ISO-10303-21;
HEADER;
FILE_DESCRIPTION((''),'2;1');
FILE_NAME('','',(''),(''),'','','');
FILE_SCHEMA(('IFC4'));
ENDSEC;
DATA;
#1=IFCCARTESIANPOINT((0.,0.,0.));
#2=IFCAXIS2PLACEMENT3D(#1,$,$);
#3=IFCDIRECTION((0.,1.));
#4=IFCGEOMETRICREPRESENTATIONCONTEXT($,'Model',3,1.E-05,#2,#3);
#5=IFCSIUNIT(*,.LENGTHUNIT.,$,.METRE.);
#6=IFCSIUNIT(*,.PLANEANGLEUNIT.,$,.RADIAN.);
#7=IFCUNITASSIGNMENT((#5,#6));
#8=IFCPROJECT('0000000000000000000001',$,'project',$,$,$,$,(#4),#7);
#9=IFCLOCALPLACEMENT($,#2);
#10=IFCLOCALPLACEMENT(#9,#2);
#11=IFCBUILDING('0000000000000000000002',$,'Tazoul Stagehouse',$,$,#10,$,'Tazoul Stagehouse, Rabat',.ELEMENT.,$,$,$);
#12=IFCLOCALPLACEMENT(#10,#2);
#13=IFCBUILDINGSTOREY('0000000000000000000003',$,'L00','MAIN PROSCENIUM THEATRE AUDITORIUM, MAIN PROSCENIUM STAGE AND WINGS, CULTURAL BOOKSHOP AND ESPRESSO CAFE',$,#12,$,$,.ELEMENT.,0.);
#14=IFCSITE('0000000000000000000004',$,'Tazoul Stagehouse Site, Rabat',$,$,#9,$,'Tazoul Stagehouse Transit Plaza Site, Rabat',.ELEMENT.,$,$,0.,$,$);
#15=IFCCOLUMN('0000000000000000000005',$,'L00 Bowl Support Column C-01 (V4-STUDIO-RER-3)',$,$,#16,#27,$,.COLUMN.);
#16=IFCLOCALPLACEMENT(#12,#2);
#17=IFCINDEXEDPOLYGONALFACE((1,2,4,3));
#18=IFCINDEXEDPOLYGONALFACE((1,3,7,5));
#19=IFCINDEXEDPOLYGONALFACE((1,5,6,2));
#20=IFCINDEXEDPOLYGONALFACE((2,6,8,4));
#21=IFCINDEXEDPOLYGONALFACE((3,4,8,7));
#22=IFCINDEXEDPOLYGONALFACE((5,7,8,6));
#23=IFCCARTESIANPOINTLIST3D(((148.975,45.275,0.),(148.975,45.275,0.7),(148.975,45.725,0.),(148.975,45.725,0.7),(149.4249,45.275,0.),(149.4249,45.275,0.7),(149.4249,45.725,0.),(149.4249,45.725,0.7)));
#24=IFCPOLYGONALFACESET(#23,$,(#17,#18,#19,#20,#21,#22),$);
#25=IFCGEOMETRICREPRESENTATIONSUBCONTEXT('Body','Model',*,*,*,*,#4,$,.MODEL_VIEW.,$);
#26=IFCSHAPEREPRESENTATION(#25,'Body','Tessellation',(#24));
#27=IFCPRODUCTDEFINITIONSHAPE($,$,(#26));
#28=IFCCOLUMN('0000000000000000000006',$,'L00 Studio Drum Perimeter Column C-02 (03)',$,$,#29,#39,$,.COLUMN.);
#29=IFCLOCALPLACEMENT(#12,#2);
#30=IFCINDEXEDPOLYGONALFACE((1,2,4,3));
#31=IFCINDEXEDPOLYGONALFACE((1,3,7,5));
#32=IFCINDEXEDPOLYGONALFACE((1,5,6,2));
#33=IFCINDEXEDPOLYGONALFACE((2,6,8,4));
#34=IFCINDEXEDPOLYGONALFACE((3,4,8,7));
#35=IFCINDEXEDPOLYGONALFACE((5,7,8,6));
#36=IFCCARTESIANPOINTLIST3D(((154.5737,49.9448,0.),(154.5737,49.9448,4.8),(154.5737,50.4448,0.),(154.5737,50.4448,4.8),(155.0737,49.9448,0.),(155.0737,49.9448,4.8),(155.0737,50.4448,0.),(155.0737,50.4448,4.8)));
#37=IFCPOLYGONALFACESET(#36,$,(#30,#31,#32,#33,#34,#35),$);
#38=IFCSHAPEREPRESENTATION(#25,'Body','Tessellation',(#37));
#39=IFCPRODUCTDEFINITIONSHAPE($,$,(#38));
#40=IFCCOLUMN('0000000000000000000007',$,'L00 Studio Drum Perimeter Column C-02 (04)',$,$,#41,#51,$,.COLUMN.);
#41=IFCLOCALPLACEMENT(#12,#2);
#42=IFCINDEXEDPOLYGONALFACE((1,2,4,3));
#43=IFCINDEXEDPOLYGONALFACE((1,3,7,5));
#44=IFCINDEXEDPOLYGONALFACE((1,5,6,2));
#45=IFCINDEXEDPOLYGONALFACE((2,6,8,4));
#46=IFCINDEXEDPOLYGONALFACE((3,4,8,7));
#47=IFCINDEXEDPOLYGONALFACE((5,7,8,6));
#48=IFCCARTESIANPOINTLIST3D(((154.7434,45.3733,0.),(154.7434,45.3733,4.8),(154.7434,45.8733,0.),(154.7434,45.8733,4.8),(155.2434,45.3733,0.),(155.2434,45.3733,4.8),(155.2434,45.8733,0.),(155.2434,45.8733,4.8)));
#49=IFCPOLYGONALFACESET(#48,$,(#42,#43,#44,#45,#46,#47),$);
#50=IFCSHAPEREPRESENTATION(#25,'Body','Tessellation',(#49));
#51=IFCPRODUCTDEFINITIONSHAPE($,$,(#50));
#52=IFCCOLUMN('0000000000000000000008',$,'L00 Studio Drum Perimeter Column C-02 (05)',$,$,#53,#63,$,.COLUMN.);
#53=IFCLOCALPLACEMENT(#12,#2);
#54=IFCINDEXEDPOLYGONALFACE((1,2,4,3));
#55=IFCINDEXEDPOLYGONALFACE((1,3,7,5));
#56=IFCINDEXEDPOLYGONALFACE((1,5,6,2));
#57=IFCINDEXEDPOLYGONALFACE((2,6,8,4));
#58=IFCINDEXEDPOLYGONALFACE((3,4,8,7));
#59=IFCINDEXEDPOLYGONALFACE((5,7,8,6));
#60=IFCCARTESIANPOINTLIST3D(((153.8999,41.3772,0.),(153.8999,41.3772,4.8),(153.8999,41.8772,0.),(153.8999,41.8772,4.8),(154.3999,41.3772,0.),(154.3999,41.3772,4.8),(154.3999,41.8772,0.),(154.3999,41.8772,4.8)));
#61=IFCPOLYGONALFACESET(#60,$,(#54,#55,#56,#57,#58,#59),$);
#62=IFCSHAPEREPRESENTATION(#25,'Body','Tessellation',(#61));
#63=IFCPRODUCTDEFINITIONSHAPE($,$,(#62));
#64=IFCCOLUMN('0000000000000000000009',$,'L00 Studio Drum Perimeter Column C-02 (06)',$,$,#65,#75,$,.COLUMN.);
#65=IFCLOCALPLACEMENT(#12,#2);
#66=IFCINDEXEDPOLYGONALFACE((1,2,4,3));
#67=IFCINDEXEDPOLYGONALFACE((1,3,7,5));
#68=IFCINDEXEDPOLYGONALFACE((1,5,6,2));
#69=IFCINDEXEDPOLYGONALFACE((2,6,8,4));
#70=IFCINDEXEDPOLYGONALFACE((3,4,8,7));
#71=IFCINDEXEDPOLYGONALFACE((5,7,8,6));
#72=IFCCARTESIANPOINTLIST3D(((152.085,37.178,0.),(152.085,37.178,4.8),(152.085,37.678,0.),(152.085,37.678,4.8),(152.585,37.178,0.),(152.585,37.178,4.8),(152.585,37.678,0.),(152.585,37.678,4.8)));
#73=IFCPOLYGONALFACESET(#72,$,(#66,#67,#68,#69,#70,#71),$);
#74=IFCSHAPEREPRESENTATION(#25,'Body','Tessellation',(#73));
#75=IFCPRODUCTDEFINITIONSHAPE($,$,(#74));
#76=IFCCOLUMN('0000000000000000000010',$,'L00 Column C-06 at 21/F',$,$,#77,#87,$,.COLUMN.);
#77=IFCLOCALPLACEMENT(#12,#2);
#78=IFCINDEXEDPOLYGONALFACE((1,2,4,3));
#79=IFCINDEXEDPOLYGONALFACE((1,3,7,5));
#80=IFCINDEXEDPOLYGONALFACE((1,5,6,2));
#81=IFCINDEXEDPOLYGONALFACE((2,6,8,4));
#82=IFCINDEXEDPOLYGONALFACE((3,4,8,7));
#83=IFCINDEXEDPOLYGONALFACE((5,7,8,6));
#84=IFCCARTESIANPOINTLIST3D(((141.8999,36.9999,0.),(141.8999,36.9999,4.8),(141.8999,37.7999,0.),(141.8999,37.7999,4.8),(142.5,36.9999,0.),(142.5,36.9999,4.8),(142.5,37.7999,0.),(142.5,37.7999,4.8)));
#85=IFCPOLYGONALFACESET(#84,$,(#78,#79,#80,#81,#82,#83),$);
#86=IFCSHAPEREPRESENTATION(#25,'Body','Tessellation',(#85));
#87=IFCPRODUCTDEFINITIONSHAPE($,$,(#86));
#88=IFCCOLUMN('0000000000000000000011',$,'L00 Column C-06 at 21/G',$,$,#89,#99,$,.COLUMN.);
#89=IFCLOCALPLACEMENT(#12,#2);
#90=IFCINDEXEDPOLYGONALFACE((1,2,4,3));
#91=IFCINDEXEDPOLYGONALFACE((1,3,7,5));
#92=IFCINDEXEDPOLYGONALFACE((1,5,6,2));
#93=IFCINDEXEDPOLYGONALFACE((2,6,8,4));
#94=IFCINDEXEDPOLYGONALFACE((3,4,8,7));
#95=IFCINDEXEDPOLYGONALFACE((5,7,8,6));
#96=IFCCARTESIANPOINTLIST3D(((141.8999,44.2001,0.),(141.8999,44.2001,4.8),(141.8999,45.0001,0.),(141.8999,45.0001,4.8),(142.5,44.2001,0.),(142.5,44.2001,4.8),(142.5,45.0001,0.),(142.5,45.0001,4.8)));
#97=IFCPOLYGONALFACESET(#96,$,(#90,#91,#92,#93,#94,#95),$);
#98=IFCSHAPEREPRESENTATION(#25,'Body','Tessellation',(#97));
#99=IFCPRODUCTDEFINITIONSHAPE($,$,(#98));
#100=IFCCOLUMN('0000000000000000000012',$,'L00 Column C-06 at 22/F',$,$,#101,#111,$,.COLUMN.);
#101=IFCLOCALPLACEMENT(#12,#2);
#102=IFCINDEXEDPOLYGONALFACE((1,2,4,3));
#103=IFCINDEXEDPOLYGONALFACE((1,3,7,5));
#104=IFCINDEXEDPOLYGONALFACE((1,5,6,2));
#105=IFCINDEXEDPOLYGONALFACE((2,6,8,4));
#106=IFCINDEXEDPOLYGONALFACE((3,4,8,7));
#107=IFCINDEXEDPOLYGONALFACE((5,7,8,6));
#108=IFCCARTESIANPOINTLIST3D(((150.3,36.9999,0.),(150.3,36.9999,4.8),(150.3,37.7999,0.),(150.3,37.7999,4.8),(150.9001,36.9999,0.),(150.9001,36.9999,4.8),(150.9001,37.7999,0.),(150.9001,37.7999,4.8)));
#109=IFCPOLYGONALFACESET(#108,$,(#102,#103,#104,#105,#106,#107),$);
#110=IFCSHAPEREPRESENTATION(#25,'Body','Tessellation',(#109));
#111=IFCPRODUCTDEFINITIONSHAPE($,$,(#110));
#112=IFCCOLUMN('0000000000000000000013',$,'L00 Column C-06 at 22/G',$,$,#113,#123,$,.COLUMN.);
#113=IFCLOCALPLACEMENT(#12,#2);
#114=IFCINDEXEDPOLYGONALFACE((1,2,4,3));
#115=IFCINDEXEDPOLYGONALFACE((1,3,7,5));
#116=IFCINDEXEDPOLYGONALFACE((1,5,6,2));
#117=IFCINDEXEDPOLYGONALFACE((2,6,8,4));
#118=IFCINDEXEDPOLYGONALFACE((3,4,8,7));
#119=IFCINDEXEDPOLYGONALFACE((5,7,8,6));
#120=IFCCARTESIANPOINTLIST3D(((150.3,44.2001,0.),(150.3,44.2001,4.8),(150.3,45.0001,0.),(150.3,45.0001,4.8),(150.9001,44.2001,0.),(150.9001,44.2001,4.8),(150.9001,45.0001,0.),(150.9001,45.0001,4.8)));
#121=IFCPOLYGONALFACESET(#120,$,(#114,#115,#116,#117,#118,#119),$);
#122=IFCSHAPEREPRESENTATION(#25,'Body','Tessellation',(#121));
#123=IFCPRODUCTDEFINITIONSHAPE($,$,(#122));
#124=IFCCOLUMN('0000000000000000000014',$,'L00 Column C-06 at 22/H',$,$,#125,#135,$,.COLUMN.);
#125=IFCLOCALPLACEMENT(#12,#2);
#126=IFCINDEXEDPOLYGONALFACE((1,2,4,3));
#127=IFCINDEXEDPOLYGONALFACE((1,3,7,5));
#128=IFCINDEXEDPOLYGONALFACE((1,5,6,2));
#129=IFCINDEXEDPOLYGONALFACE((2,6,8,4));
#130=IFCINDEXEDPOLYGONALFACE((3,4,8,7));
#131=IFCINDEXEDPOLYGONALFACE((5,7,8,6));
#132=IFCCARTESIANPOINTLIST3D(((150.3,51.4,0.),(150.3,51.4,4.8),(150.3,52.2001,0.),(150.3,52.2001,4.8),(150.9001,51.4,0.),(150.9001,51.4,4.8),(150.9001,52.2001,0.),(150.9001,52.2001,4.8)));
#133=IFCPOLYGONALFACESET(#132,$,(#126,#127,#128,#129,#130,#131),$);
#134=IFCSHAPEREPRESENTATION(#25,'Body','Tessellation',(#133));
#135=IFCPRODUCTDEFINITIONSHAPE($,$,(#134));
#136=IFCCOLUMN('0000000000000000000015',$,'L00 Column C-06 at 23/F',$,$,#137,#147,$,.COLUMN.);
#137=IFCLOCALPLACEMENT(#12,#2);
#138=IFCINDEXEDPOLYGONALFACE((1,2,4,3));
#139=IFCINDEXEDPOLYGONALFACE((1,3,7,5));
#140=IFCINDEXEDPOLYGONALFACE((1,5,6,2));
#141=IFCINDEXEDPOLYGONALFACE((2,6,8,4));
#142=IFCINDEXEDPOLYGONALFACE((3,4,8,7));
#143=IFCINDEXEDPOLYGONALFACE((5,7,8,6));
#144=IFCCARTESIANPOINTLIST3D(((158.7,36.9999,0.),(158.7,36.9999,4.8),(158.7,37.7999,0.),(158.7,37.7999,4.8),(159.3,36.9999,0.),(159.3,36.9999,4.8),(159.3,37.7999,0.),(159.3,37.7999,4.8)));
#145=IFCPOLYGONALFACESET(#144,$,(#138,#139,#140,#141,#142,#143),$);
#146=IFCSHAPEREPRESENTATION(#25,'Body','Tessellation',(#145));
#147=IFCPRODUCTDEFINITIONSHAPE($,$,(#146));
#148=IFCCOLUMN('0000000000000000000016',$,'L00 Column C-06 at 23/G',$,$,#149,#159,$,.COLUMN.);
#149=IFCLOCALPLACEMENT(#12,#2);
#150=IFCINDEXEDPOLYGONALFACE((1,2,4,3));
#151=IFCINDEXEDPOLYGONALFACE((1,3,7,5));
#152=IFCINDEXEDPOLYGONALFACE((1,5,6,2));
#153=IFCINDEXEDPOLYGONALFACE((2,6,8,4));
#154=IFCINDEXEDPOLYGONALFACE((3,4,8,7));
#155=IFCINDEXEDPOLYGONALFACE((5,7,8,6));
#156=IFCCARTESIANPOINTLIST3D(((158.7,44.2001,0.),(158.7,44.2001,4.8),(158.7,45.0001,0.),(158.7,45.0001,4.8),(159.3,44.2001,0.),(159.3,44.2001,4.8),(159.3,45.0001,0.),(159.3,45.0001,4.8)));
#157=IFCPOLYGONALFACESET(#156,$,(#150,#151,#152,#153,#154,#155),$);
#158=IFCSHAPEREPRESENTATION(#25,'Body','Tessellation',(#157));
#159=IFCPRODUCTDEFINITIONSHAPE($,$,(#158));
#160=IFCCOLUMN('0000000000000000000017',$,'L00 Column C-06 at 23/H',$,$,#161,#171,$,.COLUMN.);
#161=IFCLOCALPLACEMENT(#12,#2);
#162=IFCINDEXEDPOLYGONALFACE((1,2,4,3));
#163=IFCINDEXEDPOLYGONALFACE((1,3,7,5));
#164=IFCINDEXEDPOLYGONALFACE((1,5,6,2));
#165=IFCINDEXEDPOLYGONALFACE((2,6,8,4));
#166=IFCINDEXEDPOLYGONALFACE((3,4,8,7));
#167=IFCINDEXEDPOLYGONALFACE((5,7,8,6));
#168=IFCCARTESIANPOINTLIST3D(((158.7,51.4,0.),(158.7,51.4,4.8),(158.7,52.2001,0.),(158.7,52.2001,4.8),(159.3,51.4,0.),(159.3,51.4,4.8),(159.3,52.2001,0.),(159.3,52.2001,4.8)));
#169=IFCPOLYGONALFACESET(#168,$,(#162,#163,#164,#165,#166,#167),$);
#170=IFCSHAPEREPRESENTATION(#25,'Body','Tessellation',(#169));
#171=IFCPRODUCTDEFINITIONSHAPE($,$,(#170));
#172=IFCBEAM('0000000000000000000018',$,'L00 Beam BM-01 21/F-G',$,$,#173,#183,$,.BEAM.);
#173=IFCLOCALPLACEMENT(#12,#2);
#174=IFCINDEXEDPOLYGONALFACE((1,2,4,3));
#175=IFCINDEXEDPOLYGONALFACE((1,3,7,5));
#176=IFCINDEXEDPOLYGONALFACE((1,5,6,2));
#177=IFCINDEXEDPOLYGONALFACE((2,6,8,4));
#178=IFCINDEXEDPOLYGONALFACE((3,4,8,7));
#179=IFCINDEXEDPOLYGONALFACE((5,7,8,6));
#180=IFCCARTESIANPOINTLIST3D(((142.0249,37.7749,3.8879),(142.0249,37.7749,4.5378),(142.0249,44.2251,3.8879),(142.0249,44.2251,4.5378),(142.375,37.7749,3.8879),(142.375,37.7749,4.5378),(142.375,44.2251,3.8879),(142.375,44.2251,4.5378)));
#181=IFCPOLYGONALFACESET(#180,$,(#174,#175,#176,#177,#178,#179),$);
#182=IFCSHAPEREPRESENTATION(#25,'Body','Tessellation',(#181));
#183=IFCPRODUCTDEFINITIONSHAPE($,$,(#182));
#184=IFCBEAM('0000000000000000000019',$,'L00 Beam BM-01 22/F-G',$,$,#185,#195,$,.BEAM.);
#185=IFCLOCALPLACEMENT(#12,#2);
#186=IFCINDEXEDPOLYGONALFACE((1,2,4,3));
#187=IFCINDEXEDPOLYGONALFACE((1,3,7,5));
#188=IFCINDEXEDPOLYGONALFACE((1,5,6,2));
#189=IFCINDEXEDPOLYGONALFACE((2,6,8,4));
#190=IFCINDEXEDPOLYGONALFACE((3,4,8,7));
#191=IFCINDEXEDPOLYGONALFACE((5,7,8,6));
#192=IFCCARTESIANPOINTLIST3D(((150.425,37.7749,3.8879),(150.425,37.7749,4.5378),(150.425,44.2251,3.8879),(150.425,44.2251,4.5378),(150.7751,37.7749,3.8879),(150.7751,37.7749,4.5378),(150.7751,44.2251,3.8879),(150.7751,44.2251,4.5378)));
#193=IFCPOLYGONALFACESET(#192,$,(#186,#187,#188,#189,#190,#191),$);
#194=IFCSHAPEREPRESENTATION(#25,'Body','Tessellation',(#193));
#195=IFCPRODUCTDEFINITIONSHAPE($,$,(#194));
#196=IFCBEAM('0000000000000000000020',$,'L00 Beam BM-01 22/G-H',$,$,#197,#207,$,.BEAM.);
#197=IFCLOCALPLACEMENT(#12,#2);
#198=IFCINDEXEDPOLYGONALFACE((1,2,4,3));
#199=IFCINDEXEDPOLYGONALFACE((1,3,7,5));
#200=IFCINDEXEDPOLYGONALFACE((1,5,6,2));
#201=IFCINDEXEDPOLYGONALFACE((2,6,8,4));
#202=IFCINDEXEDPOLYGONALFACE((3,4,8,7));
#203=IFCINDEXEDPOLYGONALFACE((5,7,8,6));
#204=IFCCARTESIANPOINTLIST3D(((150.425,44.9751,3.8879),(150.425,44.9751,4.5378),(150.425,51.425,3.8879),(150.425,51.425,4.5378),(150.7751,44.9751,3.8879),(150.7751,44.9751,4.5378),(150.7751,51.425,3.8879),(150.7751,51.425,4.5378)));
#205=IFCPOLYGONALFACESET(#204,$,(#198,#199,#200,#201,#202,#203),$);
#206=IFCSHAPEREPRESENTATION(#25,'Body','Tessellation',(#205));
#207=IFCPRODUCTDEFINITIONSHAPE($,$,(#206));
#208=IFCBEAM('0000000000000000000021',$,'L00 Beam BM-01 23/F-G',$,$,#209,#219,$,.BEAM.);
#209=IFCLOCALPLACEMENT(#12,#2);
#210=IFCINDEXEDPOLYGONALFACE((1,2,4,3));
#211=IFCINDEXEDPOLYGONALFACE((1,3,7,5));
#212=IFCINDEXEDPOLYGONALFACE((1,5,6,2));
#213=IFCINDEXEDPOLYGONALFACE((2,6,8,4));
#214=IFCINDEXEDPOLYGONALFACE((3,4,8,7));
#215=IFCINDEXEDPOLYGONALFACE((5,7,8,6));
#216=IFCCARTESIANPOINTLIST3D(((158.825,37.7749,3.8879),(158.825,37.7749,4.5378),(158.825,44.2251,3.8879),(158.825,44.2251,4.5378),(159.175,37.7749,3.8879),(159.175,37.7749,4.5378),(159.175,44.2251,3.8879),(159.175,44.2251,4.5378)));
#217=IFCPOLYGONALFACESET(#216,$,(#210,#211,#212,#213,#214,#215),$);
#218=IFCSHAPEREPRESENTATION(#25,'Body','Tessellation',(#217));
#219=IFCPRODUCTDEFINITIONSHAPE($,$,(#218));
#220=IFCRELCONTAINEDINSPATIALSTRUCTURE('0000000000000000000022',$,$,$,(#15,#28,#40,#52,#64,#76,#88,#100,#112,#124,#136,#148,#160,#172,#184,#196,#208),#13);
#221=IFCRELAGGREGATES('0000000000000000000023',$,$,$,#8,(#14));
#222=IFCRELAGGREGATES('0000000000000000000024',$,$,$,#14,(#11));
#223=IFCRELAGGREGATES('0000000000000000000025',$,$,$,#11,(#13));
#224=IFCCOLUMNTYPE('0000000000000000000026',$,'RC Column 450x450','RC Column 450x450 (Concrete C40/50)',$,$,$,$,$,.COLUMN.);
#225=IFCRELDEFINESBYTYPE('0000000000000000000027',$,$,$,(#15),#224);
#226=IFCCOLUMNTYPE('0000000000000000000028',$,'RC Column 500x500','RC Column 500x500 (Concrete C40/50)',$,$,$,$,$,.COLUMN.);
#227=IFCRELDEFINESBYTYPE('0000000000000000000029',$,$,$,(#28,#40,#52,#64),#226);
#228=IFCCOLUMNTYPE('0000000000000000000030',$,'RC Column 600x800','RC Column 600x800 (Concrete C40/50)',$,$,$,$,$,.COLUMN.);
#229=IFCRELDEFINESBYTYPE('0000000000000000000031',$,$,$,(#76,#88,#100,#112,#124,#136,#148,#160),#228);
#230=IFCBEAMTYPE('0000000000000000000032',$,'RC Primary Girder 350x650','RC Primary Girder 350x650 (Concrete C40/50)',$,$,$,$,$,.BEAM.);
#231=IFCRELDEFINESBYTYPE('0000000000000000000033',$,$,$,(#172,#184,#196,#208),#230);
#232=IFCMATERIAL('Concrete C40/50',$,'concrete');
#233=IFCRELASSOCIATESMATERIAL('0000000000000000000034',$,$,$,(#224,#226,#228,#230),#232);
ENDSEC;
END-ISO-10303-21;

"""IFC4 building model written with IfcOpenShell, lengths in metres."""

from ifc_helpers import new_model, si_unit, direction, frame, origin, origin_2d, place, context, subcontext, project, spatial, rectangle, extrude, material, material_profile, profile_set, type_object, element, save


model = new_model("IFC4")

# Units and contexts
model_context = context("Model", 3, precision=1e-05, world=origin(), true_north=direction((0.0, 1.0)))
body_context = subcontext(model_context, "Body", "Model", "MODEL_VIEW")
ifc_project = project(units=[si_unit("LENGTHUNIT", "METRE"), si_unit("PLANEANGLEUNIT", "RADIAN")], contexts=[model_context])

# Site, building, storey
site_placement = place(None, origin())
site = spatial("IfcSite", under=ifc_project, at=site_placement, Name="Tazoul Stagehouse Site, Rabat", LongName="Tazoul Stagehouse Transit Plaza Site, Rabat", CompositionType="ELEMENT", RefElevation=0.0)
building_placement = place(site_placement, origin())
building = spatial("IfcBuilding", under=site, at=building_placement, Name="Tazoul Stagehouse", LongName="Tazoul Stagehouse, Rabat", CompositionType="ELEMENT")
storey_placement = place(building_placement, origin())
storey = spatial("IfcBuildingStorey", under=building, at=storey_placement, Name="L00", Description="MAIN PROSCENIUM THEATRE AUDITORIUM, MAIN PROSCENIUM STAGE AND WINGS, CULTURAL BOOKSHOP AND ESPRESSO CAFE", CompositionType="ELEMENT", Elevation=0.0)

# Columns
ifc_material_1 = material(Name="Concrete C40/50", Category="concrete")
ifc_material_profile_1 = material_profile(ifc_material_1, rectangle(XDim=0.45, YDim=0.45, at=origin_2d()), Name="RC 450x450")
ifc_profile_set_1 = profile_set([ifc_material_profile_1], Name="Concrete C40/50")
column_type_1 = type_object("IfcColumnType", Name="RC Column 450x450", Description="RC Column 450x450 (Concrete C40/50)", PredefinedType="COLUMN", material=ifc_profile_set_1)
column_placement = place(storey_placement, frame((149.2, 45.5, 0.0), z_axis=(0.0, 0.0, 1.0), x_axis=(1.0, 0.0, 0.0)))
element("IfcColumn", 1, at=column_placement, inside=storey, type_object=column_type_1, Name="L00 Bowl Support Column C-01 (V4-STUDIO-RER-3)", PredefinedType="COLUMN", context=body_context, shape_type="SweptSolid", body=[
    extrude(rectangle(XDim=0.45, YDim=0.45, at=origin_2d()), origin(), (0.0, 0.0, 1.0), 0.7),
])
ifc_material_profile_2 = material_profile(ifc_material_1, rectangle(XDim=0.5, YDim=0.5, at=origin_2d()), Name="RC 500x500")
ifc_profile_set_2 = profile_set([ifc_material_profile_2], Name="Concrete C40/50")
column_type_2 = type_object("IfcColumnType", Name="RC Column 500x500", Description="RC Column 500x500 (Concrete C40/50)", PredefinedType="COLUMN", material=ifc_profile_set_2)
for number, where, z_axis, x_axis, name in (
    (2, (154.8237, 50.1948, 0.0), (0.0, 0.0, 1.0), (1.0, 0.0, 0.0), "L00 Studio Drum Perimeter Column C-02 (03)"),
    (3, (154.9934, 45.6233, 0.0), (0.0, 0.0, 1.0), (1.0, 0.0, 0.0), "L00 Studio Drum Perimeter Column C-02 (04)"),
    (4, (154.1499, 41.6272, 0.0), (0.0, 0.0, 1.0), (1.0, 0.0, 0.0), "L00 Studio Drum Perimeter Column C-02 (05)"),
    (5, (152.335, 37.428, 0.0), (0.0, 0.0, 1.0), (1.0, 0.0, 0.0), "L00 Studio Drum Perimeter Column C-02 (06)"),
):
    element("IfcColumn", number, at=place(storey_placement, frame(where, z_axis=z_axis, x_axis=x_axis)), inside=storey, type_object=column_type_2, Name=name, PredefinedType="COLUMN", context=body_context, shape_type="SweptSolid", body=[
        extrude(rectangle(XDim=0.5, YDim=0.5, at=origin_2d()), origin(), (0.0, 0.0, 1.0), 4.8),
    ])
ifc_material_profile_3 = material_profile(ifc_material_1, rectangle(XDim=0.6001, YDim=0.8, at=origin_2d()), Name="RC 600x800")
ifc_profile_set_3 = profile_set([ifc_material_profile_3], Name="Concrete C40/50")
column_type_3 = type_object("IfcColumnType", Name="RC Column 600x800", Description="RC Column 600x800 (Concrete C40/50)", PredefinedType="COLUMN", material=ifc_profile_set_3)
for number, where, z_axis, x_axis, name in (
    (6, (142.2, 37.3999, 0.0), (0.0, 0.0, 1.0), (1.0, 0.0, 0.0), "L00 Column C-06 at 21/F"),
    (7, (142.2, 44.6001, 0.0), (0.0, 0.0, 1.0), (1.0, 0.0, 0.0), "L00 Column C-06 at 21/G"),
    (8, (150.6001, 37.3999, 0.0), (0.0, 0.0, 1.0), (1.0, 0.0, 0.0), "L00 Column C-06 at 22/F"),
    (9, (150.6001, 44.6001, 0.0), (0.0, 0.0, 1.0), (1.0, 0.0, 0.0), "L00 Column C-06 at 22/G"),
    (10, (150.6001, 51.8, 0.0), (0.0, 0.0, 1.0), (1.0, 0.0, 0.0), "L00 Column C-06 at 22/H"),
    (11, (159.0, 37.3999, 0.0), (0.0, 0.0, 1.0), (1.0, 0.0, 0.0), "L00 Column C-06 at 23/F"),
    (12, (159.0, 44.6001, 0.0), (0.0, 0.0, 1.0), (1.0, 0.0, 0.0), "L00 Column C-06 at 23/G"),
    (13, (159.0, 51.8, 0.0), (0.0, 0.0, 1.0), (1.0, 0.0, 0.0), "L00 Column C-06 at 23/H"),
):
    element("IfcColumn", number, at=place(storey_placement, frame(where, z_axis=z_axis, x_axis=x_axis)), inside=storey, type_object=column_type_3, Name=name, PredefinedType="COLUMN", context=body_context, shape_type="SweptSolid", body=[
        extrude(rectangle(XDim=0.6001, YDim=0.8, at=origin_2d()), origin(), (0.0, 0.0, 1.0), 4.8),
    ])

# Beams
ifc_material_profile_4 = material_profile(ifc_material_1, rectangle(XDim=0.3501, YDim=0.6499, at=origin_2d()), Name="RC 350x650")
ifc_profile_set_4 = profile_set([ifc_material_profile_4], Name="Concrete C40/50")
beam_type_1 = type_object("IfcBeamType", Name="RC Primary Girder 350x650", Description="RC Primary Girder 350x650 (Concrete C40/50)", PredefinedType="BEAM", material=ifc_profile_set_4)
for number, where, z_axis, x_axis, name in (
    (14, (142.2, 37.7749, 4.2129), (0.0, 1.0, 0.0), (-1.0, 0.0, 0.0), "L00 Beam BM-01 21/F-G"),
    (15, (150.6001, 37.7749, 4.2129), (0.0, 1.0, 0.0), (-1.0, 0.0, 0.0), "L00 Beam BM-01 22/F-G"),
):
    element("IfcBeam", number, at=place(storey_placement, frame(where, z_axis=z_axis, x_axis=x_axis)), inside=storey, type_object=beam_type_1, Name=name, PredefinedType="BEAM", context=body_context, shape_type="SweptSolid", body=[
        extrude(rectangle(XDim=0.3501, YDim=0.6499, at=origin_2d()), origin(), (0.0, 0.0, 1.0), 6.4502),
    ])
beam_1_placement = place(storey_placement, frame((150.6001, 44.9751, 4.2129), z_axis=(0.0, 1.0, 0.0), x_axis=(-1.0, 0.0, 0.0)))
element("IfcBeam", 16, at=beam_1_placement, inside=storey, type_object=beam_type_1, Name="L00 Beam BM-01 22/G-H", PredefinedType="BEAM", context=body_context, shape_type="SweptSolid", body=[
    extrude(rectangle(XDim=0.3501, YDim=0.6499, at=origin_2d()), origin(), (0.0, 0.0, 1.0), 6.45),
])
beam_2_placement = place(storey_placement, frame((159.0, 37.7749, 4.2129), z_axis=(0.0, 1.0, 0.0), x_axis=(-1.0, 0.0, 0.0)))
element("IfcBeam", 17, at=beam_2_placement, inside=storey, type_object=beam_type_1, Name="L00 Beam BM-01 23/F-G", PredefinedType="BEAM", context=body_context, shape_type="SweptSolid", body=[
    extrude(rectangle(XDim=0.3501, YDim=0.6499, at=origin_2d()), origin(), (0.0, 0.0, 1.0), 6.4502),
])

save(model, "model.ifc")
